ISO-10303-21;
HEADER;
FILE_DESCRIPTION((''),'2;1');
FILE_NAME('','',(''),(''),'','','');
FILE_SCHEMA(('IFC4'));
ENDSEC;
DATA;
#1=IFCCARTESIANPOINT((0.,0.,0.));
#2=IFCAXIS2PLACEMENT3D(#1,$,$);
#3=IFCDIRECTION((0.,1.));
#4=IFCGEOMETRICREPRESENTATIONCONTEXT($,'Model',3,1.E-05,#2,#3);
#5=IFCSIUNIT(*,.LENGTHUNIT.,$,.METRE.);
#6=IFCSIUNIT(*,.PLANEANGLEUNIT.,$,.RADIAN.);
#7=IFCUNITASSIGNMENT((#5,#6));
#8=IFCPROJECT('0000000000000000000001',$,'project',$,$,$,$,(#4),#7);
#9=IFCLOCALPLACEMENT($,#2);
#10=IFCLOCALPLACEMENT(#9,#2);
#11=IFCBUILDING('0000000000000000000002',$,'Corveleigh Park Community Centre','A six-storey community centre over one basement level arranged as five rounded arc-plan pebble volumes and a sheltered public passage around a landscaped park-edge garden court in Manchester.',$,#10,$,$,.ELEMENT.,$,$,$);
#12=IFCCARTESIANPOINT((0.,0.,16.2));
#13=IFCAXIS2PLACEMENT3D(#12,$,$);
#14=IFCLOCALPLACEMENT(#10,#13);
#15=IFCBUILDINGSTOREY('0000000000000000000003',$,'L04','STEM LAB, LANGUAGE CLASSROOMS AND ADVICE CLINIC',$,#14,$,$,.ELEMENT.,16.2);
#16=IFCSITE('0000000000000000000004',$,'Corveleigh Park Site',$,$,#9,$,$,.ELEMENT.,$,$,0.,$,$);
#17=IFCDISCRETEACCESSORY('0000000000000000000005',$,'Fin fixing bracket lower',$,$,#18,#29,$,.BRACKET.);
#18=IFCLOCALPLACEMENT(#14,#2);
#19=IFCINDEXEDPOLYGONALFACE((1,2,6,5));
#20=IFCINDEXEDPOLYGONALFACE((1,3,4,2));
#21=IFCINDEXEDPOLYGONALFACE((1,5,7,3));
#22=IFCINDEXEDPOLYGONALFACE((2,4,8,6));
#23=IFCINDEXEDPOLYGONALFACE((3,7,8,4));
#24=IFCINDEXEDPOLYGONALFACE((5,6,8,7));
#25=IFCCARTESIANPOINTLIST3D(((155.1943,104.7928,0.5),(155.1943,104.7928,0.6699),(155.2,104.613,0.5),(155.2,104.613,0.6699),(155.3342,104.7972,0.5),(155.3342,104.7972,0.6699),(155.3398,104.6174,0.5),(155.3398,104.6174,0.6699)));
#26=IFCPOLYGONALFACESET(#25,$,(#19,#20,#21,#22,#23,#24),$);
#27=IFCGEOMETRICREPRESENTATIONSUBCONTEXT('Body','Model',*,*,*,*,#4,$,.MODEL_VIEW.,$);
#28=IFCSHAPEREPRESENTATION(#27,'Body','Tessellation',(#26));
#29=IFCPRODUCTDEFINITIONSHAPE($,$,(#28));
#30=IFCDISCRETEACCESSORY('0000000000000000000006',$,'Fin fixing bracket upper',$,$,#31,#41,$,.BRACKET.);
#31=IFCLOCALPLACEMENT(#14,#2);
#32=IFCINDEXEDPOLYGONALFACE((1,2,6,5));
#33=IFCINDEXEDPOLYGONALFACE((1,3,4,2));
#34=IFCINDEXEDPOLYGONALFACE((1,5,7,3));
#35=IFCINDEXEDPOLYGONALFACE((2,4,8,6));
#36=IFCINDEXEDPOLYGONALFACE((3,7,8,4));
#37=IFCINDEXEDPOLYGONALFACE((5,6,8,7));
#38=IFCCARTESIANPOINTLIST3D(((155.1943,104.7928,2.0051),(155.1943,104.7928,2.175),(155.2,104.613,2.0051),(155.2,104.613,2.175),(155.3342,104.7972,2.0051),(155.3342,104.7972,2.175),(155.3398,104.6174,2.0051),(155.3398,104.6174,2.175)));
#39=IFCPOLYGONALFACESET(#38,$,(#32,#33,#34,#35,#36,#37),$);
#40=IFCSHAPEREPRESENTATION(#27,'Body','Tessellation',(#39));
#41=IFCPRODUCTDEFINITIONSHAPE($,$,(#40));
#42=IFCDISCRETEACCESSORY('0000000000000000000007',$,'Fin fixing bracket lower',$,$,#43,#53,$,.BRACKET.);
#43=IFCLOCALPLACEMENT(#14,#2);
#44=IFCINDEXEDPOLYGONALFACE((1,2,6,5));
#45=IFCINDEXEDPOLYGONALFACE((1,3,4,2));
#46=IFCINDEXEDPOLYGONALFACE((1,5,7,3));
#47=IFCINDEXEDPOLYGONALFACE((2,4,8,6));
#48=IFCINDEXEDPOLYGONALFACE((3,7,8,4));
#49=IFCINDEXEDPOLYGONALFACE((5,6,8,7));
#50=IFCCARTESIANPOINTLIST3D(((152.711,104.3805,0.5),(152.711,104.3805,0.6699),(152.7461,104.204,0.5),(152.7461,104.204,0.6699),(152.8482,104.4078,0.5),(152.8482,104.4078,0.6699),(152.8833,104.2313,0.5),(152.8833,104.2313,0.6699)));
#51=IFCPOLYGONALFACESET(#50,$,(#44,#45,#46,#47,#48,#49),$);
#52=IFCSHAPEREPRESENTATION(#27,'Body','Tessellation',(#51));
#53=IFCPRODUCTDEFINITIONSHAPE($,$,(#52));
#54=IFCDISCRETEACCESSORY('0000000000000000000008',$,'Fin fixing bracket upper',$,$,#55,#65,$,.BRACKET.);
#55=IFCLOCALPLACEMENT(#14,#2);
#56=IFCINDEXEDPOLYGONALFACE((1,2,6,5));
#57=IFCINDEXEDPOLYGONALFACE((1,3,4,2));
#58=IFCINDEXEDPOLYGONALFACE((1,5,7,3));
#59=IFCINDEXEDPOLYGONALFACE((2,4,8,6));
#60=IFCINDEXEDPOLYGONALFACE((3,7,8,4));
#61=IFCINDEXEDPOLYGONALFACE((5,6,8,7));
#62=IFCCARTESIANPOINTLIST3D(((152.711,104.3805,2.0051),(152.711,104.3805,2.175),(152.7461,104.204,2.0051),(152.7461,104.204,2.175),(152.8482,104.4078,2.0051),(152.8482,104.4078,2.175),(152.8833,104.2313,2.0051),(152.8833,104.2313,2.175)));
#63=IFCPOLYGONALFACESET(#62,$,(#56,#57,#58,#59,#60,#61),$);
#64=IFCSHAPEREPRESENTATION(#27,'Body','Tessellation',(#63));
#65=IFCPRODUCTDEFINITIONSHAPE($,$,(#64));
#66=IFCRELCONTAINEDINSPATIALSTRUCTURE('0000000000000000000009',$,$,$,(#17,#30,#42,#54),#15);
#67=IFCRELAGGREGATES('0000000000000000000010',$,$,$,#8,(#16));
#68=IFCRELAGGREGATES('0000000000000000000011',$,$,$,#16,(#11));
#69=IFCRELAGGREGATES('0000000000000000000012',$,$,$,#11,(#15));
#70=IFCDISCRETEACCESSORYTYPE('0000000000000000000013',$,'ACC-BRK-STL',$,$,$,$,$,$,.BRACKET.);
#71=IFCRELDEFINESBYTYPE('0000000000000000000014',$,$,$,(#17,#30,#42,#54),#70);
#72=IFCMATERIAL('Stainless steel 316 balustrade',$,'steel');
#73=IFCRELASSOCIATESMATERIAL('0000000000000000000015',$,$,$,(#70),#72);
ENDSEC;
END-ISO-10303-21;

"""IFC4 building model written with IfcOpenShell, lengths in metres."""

from ifc_helpers import new_model, si_unit, direction, frame, origin, origin_2d, place, context, subcontext, project, spatial, rectangle, extrude, material, type_object, element, save


model = new_model("IFC4")

# Units and contexts
model_context = context("Model", 3, precision=1e-05, world=origin(), true_north=direction((0.0, 1.0)))
body_context = subcontext(model_context, "Body", "Model", "MODEL_VIEW")
ifc_project = project(units=[si_unit("LENGTHUNIT", "METRE"), si_unit("PLANEANGLEUNIT", "RADIAN")], contexts=[model_context])

# Site, building, storey
site_placement = place(None, origin())
site = spatial("IfcSite", under=ifc_project, at=site_placement, Name="Corveleigh Park Site", CompositionType="ELEMENT", RefElevation=0.0)
building_placement = place(site_placement, origin())
building = spatial("IfcBuilding", under=site, at=building_placement, Name="Corveleigh Park Community Centre", Description="A six-storey community centre over one basement level arranged as five rounded arc-plan pebble volumes and a sheltered public passage around a landscaped park-edge garden court in Manchester.", CompositionType="ELEMENT")
storey_placement = place(building_placement, frame((0.0, 0.0, 16.2)))
storey = spatial("IfcBuildingStorey", under=building, at=storey_placement, Name="L04", Description="STEM LAB, LANGUAGE CLASSROOMS AND ADVICE CLINIC", CompositionType="ELEMENT", Elevation=16.2)

# Discrete accessories
ifc_material_1 = material(Name="Stainless steel 316 balustrade", Category="steel")
discrete_accessory_type = type_object("IfcDiscreteAccessoryType", Name="ACC-BRK-STL", PredefinedType="BRACKET", material=ifc_material_1)
for number, where, z_axis, x_axis, name in (
    (1, (155.2671, 104.7051, 0.5), (0.0, 0.0, 1.0), (-0.031454, 0.999505, 0.0), "Fin fixing bracket lower"),
    (2, (155.2671, 104.7051, 2.0051), (0.0, 0.0, 1.0), (-0.031454, 0.999505, 0.0), "Fin fixing bracket upper"),
    (3, (152.7971, 104.3059, 0.5), (0.0, 0.0, 1.0), (-0.195166, 0.98077, 0.0), "Fin fixing bracket lower"),
    (4, (152.7971, 104.3059, 2.0051), (0.0, 0.0, 1.0), (-0.195166, 0.98077, 0.0), "Fin fixing bracket upper"),
):
    element("IfcDiscreteAccessory", number, at=place(storey_placement, frame(where, z_axis=z_axis, x_axis=x_axis)), inside=storey, type_object=discrete_accessory_type, Name=name, PredefinedType="BRACKET", context=body_context, shape_type="SweptSolid", body=[
        extrude(rectangle(XDim=0.1799, YDim=0.1399, at=origin_2d()), origin(), (0.0, 0.0, 1.0), 0.1699),
    ])

save(model, "model.ifc")
